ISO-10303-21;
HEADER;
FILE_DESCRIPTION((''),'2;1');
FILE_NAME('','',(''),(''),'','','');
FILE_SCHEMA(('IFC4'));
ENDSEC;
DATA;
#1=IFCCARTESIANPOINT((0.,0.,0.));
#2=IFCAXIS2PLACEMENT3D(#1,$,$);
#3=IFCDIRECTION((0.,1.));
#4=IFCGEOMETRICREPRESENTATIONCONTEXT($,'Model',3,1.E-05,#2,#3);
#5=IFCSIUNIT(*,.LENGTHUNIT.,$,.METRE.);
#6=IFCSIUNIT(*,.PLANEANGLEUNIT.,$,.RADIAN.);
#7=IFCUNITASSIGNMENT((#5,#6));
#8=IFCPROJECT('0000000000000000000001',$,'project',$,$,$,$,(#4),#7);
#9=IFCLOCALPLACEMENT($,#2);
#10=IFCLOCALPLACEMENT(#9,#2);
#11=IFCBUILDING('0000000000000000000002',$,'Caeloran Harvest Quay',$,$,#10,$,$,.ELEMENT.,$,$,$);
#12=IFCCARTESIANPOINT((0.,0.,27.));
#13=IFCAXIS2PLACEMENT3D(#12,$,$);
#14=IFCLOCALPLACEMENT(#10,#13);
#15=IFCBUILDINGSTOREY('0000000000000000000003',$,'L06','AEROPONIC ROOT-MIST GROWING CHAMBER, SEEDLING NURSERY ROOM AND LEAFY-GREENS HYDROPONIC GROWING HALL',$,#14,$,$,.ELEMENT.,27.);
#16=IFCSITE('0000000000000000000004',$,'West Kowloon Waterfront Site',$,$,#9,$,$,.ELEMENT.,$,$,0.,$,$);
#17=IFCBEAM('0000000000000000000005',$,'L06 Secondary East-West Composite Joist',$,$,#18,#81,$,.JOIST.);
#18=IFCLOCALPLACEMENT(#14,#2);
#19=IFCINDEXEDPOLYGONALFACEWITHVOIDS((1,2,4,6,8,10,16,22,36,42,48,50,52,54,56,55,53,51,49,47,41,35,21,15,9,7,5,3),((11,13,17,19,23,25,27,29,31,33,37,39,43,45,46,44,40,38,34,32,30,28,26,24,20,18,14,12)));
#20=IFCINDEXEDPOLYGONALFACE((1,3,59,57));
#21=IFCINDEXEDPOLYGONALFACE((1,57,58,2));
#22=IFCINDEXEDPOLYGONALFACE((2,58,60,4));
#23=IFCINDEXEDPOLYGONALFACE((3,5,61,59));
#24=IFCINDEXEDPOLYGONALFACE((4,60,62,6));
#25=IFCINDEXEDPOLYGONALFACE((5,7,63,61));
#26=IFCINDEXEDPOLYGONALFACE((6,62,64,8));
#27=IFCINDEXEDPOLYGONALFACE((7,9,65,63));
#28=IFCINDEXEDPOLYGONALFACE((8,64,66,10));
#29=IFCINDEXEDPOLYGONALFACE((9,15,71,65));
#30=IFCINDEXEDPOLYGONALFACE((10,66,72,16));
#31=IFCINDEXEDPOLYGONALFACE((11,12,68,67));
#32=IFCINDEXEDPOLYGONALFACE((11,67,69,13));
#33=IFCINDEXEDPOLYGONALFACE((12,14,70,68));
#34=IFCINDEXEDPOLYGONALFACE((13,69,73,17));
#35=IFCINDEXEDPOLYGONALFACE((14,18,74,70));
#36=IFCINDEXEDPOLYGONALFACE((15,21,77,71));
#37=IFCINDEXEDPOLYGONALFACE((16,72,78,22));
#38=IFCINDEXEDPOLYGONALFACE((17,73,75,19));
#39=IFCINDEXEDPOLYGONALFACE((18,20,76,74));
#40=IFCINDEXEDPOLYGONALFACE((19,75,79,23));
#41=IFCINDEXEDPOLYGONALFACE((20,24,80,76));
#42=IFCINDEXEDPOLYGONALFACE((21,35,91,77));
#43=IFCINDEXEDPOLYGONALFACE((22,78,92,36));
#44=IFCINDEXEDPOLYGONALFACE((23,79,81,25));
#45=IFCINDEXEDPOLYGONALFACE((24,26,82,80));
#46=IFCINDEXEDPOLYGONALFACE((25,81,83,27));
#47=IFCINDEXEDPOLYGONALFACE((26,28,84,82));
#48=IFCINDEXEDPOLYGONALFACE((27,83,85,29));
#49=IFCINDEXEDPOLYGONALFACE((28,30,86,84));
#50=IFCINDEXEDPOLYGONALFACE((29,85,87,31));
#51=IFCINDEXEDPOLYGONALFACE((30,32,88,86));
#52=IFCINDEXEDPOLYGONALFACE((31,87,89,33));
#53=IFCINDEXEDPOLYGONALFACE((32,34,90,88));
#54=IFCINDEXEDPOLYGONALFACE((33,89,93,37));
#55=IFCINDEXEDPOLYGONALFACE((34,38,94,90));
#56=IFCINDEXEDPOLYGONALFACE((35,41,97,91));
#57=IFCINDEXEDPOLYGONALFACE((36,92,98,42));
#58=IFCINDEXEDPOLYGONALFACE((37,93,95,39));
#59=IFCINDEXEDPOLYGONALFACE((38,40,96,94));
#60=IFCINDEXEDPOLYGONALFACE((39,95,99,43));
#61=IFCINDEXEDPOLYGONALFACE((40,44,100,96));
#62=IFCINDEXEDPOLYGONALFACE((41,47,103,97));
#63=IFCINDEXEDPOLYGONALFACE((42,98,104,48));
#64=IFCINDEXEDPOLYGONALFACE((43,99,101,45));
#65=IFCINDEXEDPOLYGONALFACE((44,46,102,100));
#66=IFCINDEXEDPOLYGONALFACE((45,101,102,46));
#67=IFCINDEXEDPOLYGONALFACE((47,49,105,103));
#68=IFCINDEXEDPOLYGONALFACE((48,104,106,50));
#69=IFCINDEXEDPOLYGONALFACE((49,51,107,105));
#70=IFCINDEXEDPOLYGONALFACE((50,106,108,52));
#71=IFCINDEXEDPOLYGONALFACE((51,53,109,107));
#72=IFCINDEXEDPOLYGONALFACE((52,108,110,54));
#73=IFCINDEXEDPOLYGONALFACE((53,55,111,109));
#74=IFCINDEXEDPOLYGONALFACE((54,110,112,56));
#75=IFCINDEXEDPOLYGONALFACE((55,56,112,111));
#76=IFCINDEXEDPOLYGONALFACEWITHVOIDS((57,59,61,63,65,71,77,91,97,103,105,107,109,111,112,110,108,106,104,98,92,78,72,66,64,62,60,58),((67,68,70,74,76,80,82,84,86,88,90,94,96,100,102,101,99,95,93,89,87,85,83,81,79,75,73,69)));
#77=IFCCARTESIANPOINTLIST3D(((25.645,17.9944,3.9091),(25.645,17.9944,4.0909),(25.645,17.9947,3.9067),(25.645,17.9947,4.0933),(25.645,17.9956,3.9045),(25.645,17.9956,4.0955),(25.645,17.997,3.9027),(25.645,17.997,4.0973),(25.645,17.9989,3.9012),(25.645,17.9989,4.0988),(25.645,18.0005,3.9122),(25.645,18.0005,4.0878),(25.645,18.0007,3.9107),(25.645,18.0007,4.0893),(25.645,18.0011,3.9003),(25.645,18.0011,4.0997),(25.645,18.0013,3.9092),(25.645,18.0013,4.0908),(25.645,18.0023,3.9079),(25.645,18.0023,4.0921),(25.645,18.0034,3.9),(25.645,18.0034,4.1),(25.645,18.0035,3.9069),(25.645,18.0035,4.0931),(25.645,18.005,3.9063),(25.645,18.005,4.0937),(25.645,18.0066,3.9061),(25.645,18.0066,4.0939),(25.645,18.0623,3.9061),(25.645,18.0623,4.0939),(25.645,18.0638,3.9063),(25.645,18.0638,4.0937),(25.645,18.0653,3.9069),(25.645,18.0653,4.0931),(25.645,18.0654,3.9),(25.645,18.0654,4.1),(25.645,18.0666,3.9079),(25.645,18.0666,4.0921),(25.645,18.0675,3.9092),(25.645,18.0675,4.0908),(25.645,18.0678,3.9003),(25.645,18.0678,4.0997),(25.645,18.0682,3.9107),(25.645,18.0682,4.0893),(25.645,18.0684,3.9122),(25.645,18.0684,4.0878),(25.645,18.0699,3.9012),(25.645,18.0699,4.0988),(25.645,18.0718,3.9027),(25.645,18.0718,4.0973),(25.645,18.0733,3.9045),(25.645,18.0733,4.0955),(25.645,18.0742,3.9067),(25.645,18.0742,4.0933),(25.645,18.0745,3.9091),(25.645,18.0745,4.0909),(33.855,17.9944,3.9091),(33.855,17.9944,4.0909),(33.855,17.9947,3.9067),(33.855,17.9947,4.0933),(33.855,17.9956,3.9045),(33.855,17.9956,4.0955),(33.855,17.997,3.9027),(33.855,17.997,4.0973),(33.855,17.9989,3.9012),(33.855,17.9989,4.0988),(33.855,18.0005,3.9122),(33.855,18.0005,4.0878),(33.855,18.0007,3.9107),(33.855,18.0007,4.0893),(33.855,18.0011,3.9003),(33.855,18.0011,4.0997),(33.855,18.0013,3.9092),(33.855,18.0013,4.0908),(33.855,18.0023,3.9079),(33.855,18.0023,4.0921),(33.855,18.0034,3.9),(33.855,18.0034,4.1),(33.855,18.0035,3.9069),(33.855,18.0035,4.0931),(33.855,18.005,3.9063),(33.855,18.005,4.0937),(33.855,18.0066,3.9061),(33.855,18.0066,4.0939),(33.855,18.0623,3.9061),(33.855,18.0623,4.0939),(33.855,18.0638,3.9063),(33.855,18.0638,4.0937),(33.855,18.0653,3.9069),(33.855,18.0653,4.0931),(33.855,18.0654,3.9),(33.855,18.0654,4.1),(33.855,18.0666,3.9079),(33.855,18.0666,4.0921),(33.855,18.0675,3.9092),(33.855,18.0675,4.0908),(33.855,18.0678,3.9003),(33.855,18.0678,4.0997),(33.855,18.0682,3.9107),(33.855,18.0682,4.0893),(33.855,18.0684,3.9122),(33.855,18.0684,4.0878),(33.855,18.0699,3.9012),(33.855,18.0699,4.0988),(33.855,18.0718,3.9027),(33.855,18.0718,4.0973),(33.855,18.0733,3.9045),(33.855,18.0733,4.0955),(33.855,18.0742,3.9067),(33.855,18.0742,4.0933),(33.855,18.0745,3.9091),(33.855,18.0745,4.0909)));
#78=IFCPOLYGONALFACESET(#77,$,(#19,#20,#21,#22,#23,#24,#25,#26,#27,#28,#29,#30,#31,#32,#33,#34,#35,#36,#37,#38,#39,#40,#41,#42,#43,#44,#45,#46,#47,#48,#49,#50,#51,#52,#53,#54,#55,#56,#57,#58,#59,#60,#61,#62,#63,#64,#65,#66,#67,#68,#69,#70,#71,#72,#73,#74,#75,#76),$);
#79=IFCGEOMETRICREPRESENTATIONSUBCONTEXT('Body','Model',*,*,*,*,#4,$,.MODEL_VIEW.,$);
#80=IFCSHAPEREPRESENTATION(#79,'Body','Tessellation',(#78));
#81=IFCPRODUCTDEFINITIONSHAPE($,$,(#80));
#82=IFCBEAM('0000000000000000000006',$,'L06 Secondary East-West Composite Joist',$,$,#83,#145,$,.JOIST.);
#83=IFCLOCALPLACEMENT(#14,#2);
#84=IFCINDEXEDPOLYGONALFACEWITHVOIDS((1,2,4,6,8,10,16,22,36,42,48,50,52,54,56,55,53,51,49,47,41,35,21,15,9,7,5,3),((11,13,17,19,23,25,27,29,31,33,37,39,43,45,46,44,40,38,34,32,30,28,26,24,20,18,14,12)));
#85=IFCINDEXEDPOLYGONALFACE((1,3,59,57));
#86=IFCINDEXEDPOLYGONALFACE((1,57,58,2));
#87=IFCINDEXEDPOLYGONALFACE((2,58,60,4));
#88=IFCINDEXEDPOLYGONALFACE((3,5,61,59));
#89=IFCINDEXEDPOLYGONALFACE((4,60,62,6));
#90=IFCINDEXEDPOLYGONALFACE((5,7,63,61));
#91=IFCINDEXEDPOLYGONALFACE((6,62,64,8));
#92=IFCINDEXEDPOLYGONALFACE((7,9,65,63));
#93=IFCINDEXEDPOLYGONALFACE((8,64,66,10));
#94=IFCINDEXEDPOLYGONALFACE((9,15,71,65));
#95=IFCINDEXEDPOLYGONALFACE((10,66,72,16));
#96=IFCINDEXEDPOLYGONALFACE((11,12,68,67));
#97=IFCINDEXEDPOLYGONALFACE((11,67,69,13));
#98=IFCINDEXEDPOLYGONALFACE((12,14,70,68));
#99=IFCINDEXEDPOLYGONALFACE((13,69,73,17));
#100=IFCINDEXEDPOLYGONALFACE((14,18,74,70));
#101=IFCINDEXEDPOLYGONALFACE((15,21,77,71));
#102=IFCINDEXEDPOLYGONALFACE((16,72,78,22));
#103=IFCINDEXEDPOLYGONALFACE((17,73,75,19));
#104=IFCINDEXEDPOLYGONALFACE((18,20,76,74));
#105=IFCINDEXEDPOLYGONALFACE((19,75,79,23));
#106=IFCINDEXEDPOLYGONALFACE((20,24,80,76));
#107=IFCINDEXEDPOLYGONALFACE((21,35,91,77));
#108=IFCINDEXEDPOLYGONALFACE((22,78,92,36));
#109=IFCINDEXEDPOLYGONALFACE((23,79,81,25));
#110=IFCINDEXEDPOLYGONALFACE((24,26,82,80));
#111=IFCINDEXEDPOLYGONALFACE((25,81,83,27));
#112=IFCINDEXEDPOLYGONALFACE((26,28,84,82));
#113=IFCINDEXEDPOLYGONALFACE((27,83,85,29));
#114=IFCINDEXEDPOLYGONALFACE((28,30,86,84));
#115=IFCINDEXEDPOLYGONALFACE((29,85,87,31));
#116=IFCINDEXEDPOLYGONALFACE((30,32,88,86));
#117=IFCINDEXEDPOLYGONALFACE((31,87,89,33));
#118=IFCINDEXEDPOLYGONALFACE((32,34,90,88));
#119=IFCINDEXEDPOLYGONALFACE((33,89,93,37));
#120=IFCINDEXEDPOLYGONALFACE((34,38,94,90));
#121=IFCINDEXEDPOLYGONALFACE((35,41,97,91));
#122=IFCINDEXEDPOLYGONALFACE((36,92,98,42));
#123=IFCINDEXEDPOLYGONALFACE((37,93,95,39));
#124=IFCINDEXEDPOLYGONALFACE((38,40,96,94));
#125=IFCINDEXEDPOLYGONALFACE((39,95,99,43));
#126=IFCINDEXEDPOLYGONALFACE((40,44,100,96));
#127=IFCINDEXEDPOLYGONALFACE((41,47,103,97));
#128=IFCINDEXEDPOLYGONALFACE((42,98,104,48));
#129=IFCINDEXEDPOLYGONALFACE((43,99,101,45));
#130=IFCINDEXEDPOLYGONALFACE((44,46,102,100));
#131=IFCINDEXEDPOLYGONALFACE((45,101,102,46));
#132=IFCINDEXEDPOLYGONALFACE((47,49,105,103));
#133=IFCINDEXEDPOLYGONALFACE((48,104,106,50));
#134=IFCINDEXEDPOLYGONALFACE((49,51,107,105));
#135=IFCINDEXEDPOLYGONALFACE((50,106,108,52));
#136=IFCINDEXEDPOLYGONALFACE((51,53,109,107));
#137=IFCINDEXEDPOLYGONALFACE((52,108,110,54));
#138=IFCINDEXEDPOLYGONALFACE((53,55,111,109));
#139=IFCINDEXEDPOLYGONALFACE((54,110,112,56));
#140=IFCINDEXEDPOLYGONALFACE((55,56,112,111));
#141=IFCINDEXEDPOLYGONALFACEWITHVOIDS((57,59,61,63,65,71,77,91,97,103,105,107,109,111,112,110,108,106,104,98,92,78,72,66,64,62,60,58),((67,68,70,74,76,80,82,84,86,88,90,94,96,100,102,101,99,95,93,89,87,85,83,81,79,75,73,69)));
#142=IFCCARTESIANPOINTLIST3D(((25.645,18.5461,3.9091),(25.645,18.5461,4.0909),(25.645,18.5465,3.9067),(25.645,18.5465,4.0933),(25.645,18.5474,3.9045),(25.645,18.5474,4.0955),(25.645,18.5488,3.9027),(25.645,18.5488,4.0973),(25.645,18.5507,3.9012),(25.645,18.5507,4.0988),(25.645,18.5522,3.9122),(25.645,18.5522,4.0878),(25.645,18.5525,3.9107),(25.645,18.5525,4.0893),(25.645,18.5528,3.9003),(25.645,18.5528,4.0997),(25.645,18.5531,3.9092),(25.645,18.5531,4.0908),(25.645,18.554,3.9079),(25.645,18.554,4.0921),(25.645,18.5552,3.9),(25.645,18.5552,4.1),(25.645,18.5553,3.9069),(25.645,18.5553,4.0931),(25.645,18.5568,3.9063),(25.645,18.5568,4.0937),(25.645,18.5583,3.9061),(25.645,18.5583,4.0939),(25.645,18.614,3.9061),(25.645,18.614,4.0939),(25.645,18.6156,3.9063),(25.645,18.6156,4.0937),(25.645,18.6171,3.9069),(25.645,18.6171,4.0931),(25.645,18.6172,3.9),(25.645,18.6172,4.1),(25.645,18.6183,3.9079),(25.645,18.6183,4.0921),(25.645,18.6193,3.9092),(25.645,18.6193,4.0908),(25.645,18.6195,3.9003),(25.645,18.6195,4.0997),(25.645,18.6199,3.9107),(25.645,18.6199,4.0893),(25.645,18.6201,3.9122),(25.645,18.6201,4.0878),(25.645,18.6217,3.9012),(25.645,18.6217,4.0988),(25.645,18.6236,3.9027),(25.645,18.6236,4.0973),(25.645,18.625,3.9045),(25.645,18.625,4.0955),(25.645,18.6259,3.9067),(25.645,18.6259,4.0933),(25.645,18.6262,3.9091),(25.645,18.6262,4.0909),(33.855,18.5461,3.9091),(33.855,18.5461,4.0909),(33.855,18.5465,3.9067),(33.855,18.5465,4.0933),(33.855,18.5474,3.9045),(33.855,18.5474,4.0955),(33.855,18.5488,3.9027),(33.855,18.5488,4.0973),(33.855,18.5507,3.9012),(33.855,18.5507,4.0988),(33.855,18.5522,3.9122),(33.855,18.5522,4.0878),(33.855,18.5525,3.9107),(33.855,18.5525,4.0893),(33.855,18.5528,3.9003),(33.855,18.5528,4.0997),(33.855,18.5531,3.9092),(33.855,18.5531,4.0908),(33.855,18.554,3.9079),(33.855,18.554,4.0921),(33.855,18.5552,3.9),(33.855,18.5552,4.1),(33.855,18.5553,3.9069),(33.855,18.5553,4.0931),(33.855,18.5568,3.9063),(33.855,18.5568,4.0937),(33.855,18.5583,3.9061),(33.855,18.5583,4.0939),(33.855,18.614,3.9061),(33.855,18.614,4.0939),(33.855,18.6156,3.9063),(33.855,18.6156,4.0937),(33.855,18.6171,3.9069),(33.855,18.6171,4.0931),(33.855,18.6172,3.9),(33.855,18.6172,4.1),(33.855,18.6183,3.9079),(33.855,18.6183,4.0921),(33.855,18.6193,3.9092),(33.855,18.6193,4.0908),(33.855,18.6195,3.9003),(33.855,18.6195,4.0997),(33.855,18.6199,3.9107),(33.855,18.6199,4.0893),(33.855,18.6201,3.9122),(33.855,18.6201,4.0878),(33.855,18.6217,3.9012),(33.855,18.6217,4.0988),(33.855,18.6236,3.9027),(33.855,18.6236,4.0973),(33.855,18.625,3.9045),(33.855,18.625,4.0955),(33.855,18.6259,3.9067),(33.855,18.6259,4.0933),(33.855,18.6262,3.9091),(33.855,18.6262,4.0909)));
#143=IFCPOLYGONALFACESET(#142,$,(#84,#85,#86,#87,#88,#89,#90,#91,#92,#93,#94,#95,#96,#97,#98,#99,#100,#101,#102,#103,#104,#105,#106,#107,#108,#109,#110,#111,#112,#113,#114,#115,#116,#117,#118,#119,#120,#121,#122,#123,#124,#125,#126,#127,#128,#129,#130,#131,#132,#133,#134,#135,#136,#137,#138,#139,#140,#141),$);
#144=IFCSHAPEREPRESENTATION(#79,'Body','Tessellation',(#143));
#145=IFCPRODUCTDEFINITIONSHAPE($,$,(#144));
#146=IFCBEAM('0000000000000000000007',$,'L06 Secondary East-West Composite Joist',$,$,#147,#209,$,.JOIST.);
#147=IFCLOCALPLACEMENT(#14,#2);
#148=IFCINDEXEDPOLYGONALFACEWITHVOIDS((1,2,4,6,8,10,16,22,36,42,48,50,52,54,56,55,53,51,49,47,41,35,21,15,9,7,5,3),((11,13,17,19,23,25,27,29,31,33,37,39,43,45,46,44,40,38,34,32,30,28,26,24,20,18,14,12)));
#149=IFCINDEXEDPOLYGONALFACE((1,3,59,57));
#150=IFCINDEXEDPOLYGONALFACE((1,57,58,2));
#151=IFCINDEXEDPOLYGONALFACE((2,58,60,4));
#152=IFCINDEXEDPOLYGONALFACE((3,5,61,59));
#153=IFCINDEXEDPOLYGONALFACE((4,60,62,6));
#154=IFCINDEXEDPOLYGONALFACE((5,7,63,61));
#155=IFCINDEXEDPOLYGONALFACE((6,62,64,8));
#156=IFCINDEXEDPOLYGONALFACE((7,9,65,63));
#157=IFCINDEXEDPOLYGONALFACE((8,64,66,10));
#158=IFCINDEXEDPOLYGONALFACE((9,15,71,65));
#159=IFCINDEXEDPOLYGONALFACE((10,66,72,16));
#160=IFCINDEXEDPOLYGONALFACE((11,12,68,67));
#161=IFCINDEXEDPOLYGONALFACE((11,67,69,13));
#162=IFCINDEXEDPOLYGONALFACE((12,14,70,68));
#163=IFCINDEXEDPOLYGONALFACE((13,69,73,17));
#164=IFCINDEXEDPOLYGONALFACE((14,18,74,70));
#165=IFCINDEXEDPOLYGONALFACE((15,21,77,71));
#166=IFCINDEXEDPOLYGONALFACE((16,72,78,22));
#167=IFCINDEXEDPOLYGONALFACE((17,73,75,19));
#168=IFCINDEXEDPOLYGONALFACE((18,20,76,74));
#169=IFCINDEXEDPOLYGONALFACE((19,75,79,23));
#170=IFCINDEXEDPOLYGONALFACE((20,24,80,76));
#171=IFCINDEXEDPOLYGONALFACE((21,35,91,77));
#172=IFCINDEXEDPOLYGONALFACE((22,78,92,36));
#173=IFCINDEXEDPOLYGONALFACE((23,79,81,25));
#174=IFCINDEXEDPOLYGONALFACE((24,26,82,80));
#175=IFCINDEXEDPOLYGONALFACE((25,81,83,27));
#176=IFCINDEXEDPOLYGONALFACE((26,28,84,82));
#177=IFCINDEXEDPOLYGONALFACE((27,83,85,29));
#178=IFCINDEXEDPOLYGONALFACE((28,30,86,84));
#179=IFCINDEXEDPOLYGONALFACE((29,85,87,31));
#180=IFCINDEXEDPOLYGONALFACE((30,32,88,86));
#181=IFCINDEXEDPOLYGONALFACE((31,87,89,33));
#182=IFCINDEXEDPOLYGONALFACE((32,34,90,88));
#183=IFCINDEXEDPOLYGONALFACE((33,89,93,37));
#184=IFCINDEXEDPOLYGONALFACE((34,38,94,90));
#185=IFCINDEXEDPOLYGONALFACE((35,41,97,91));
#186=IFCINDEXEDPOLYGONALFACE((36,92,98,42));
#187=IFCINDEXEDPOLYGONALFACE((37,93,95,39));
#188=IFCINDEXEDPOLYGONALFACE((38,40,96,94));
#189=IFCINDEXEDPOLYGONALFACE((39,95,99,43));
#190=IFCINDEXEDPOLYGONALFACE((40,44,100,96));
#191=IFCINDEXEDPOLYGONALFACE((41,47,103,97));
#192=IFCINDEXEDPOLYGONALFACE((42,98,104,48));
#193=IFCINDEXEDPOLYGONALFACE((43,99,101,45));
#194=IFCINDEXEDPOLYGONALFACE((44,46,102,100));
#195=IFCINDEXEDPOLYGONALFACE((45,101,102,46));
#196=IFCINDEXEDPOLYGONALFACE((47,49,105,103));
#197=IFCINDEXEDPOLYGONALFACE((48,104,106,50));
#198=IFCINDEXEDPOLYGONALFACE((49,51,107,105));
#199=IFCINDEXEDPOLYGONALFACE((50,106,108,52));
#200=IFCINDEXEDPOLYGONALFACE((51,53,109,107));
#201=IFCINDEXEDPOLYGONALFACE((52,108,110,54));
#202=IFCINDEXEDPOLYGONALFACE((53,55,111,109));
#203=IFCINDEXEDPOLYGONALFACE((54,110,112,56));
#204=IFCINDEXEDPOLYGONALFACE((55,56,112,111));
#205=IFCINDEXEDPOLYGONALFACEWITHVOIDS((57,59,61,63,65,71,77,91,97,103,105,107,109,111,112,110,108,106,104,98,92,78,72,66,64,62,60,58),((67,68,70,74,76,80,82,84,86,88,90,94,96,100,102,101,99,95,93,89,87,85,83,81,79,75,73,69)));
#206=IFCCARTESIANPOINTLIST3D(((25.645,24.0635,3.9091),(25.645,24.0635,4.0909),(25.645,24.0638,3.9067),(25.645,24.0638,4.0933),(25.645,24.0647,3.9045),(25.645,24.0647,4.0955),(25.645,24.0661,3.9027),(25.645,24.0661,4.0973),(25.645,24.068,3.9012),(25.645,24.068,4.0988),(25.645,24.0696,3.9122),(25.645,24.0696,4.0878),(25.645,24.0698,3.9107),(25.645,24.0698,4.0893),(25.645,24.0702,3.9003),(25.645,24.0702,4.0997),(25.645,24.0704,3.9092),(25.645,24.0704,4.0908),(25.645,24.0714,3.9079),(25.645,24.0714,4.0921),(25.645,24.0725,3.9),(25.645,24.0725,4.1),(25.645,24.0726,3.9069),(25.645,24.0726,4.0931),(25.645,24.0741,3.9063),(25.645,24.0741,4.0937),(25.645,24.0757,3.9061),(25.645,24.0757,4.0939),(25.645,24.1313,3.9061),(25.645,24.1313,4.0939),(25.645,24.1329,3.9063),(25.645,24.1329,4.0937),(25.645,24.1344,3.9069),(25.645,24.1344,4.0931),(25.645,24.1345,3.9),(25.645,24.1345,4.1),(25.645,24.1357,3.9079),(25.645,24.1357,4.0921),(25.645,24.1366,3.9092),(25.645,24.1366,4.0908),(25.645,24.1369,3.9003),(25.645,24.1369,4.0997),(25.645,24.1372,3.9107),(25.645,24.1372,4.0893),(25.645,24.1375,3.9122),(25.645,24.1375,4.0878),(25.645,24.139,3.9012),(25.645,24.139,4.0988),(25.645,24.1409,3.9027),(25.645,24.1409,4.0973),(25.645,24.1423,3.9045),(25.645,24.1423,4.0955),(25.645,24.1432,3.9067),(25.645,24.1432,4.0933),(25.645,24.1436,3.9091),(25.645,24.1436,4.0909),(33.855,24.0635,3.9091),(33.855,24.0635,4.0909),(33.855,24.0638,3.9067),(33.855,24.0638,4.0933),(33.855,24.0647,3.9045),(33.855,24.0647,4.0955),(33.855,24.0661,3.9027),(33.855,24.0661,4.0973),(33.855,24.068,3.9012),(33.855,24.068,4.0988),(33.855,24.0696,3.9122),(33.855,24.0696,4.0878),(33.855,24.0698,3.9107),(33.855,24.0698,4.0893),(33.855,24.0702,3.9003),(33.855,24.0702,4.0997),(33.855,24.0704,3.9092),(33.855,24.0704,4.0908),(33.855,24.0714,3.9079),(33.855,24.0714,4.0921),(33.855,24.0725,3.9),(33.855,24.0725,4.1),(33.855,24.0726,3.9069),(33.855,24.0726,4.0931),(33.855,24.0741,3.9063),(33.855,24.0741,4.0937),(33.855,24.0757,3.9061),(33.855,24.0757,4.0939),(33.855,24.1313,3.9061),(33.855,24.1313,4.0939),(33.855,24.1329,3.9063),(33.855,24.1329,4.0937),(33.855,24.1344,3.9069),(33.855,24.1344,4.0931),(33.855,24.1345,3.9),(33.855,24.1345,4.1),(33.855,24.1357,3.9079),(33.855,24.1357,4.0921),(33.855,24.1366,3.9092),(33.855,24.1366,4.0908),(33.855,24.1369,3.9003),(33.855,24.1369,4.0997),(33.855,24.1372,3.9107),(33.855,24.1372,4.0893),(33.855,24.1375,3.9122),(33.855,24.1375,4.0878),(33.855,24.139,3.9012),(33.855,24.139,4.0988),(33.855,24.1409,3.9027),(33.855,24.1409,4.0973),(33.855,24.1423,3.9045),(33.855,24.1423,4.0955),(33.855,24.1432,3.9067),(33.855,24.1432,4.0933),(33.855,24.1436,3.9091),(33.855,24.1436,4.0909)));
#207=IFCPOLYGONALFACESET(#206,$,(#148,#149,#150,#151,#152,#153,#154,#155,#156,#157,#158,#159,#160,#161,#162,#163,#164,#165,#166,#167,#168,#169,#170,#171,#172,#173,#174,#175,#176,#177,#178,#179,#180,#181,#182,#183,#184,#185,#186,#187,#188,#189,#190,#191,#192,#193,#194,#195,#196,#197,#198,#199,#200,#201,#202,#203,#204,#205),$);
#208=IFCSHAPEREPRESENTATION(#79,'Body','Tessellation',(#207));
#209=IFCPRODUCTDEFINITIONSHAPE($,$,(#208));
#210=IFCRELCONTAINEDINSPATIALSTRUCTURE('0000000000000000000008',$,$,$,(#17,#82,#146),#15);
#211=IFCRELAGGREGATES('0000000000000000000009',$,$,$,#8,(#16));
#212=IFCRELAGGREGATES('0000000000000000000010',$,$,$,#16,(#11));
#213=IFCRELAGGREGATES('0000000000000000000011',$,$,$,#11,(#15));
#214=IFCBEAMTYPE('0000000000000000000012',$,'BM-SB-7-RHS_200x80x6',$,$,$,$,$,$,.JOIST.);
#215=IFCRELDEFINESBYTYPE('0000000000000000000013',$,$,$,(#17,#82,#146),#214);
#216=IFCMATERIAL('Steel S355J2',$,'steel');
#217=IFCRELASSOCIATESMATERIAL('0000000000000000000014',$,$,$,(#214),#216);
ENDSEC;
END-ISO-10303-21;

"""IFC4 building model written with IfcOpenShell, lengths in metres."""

from ifc_helpers import new_model, si_unit, direction, frame, origin, origin_2d, place, context, subcontext, project, spatial, hollow_rectangle, extrude, material, material_profile, profile_set, type_object, element, save


model = new_model("IFC4")

# Units and contexts
model_context = context("Model", 3, precision=1e-05, world=origin(), true_north=direction((0.0, 1.0)))
body_context = subcontext(model_context, "Body", "Model", "MODEL_VIEW")
ifc_project = project(units=[si_unit("LENGTHUNIT", "METRE"), si_unit("PLANEANGLEUNIT", "RADIAN")], contexts=[model_context])

# Site, building, storey
site_placement = place(None, origin())
site = spatial("IfcSite", under=ifc_project, at=site_placement, Name="West Kowloon Waterfront Site", CompositionType="ELEMENT", RefElevation=0.0)
building_placement = place(site_placement, origin())
building = spatial("IfcBuilding", under=site, at=building_placement, Name="Caeloran Harvest Quay", CompositionType="ELEMENT")
storey_placement = place(building_placement, frame((0.0, 0.0, 27.0)))
storey = spatial("IfcBuildingStorey", under=building, at=storey_placement, Name="L06", Description="AEROPONIC ROOT-MIST GROWING CHAMBER, SEEDLING NURSERY ROOM AND LEAFY-GREENS HYDROPONIC GROWING HALL", CompositionType="ELEMENT", Elevation=27.0)

# Beams
ifc_material_1 = material(Name="Steel S355J2", Category="steel")
ifc_material_profile_1 = material_profile(ifc_material_1, hollow_rectangle(XDim=0.0801, YDim=0.2, WallThickness=0.0061, InnerFilletRadius=0.0061, OuterFilletRadius=0.009, at=origin_2d()), Name="RHS 200x80x6")
ifc_profile_set_1 = profile_set([ifc_material_profile_1], Name="Steel S355J2")
beam_type_1 = type_object("IfcBeamType", Name="BM-SB-7-RHS_200x80x6", PredefinedType="JOIST", material=ifc_profile_set_1)
for number, where, z_axis, x_axis, name in (
    (1, (25.645, 18.0344, 4.0), (1.0, 0.0, 0.0), (0.0, 1.0, 0.0), "L06 Secondary East-West Composite Joist"),
    (2, (25.645, 18.5862, 4.0), (1.0, 0.0, 0.0), (0.0, 1.0, 0.0), "L06 Secondary East-West Composite Joist"),
    (3, (25.645, 24.1035, 4.0), (1.0, 0.0, 0.0), (0.0, 1.0, 0.0), "L06 Secondary East-West Composite Joist"),
):
    element("IfcBeam", number, at=place(storey_placement, frame(where, z_axis=z_axis, x_axis=x_axis)), inside=storey, type_object=beam_type_1, Name=name, PredefinedType="JOIST", context=body_context, shape_type="SweptSolid", body=[
        extrude(hollow_rectangle(XDim=0.0801, YDim=0.2, WallThickness=0.0061, InnerFilletRadius=0.0061, OuterFilletRadius=0.009, at=origin_2d()), origin(), (0.0, 0.0, 1.0), 8.21),
    ])

save(model, "model.ifc")
